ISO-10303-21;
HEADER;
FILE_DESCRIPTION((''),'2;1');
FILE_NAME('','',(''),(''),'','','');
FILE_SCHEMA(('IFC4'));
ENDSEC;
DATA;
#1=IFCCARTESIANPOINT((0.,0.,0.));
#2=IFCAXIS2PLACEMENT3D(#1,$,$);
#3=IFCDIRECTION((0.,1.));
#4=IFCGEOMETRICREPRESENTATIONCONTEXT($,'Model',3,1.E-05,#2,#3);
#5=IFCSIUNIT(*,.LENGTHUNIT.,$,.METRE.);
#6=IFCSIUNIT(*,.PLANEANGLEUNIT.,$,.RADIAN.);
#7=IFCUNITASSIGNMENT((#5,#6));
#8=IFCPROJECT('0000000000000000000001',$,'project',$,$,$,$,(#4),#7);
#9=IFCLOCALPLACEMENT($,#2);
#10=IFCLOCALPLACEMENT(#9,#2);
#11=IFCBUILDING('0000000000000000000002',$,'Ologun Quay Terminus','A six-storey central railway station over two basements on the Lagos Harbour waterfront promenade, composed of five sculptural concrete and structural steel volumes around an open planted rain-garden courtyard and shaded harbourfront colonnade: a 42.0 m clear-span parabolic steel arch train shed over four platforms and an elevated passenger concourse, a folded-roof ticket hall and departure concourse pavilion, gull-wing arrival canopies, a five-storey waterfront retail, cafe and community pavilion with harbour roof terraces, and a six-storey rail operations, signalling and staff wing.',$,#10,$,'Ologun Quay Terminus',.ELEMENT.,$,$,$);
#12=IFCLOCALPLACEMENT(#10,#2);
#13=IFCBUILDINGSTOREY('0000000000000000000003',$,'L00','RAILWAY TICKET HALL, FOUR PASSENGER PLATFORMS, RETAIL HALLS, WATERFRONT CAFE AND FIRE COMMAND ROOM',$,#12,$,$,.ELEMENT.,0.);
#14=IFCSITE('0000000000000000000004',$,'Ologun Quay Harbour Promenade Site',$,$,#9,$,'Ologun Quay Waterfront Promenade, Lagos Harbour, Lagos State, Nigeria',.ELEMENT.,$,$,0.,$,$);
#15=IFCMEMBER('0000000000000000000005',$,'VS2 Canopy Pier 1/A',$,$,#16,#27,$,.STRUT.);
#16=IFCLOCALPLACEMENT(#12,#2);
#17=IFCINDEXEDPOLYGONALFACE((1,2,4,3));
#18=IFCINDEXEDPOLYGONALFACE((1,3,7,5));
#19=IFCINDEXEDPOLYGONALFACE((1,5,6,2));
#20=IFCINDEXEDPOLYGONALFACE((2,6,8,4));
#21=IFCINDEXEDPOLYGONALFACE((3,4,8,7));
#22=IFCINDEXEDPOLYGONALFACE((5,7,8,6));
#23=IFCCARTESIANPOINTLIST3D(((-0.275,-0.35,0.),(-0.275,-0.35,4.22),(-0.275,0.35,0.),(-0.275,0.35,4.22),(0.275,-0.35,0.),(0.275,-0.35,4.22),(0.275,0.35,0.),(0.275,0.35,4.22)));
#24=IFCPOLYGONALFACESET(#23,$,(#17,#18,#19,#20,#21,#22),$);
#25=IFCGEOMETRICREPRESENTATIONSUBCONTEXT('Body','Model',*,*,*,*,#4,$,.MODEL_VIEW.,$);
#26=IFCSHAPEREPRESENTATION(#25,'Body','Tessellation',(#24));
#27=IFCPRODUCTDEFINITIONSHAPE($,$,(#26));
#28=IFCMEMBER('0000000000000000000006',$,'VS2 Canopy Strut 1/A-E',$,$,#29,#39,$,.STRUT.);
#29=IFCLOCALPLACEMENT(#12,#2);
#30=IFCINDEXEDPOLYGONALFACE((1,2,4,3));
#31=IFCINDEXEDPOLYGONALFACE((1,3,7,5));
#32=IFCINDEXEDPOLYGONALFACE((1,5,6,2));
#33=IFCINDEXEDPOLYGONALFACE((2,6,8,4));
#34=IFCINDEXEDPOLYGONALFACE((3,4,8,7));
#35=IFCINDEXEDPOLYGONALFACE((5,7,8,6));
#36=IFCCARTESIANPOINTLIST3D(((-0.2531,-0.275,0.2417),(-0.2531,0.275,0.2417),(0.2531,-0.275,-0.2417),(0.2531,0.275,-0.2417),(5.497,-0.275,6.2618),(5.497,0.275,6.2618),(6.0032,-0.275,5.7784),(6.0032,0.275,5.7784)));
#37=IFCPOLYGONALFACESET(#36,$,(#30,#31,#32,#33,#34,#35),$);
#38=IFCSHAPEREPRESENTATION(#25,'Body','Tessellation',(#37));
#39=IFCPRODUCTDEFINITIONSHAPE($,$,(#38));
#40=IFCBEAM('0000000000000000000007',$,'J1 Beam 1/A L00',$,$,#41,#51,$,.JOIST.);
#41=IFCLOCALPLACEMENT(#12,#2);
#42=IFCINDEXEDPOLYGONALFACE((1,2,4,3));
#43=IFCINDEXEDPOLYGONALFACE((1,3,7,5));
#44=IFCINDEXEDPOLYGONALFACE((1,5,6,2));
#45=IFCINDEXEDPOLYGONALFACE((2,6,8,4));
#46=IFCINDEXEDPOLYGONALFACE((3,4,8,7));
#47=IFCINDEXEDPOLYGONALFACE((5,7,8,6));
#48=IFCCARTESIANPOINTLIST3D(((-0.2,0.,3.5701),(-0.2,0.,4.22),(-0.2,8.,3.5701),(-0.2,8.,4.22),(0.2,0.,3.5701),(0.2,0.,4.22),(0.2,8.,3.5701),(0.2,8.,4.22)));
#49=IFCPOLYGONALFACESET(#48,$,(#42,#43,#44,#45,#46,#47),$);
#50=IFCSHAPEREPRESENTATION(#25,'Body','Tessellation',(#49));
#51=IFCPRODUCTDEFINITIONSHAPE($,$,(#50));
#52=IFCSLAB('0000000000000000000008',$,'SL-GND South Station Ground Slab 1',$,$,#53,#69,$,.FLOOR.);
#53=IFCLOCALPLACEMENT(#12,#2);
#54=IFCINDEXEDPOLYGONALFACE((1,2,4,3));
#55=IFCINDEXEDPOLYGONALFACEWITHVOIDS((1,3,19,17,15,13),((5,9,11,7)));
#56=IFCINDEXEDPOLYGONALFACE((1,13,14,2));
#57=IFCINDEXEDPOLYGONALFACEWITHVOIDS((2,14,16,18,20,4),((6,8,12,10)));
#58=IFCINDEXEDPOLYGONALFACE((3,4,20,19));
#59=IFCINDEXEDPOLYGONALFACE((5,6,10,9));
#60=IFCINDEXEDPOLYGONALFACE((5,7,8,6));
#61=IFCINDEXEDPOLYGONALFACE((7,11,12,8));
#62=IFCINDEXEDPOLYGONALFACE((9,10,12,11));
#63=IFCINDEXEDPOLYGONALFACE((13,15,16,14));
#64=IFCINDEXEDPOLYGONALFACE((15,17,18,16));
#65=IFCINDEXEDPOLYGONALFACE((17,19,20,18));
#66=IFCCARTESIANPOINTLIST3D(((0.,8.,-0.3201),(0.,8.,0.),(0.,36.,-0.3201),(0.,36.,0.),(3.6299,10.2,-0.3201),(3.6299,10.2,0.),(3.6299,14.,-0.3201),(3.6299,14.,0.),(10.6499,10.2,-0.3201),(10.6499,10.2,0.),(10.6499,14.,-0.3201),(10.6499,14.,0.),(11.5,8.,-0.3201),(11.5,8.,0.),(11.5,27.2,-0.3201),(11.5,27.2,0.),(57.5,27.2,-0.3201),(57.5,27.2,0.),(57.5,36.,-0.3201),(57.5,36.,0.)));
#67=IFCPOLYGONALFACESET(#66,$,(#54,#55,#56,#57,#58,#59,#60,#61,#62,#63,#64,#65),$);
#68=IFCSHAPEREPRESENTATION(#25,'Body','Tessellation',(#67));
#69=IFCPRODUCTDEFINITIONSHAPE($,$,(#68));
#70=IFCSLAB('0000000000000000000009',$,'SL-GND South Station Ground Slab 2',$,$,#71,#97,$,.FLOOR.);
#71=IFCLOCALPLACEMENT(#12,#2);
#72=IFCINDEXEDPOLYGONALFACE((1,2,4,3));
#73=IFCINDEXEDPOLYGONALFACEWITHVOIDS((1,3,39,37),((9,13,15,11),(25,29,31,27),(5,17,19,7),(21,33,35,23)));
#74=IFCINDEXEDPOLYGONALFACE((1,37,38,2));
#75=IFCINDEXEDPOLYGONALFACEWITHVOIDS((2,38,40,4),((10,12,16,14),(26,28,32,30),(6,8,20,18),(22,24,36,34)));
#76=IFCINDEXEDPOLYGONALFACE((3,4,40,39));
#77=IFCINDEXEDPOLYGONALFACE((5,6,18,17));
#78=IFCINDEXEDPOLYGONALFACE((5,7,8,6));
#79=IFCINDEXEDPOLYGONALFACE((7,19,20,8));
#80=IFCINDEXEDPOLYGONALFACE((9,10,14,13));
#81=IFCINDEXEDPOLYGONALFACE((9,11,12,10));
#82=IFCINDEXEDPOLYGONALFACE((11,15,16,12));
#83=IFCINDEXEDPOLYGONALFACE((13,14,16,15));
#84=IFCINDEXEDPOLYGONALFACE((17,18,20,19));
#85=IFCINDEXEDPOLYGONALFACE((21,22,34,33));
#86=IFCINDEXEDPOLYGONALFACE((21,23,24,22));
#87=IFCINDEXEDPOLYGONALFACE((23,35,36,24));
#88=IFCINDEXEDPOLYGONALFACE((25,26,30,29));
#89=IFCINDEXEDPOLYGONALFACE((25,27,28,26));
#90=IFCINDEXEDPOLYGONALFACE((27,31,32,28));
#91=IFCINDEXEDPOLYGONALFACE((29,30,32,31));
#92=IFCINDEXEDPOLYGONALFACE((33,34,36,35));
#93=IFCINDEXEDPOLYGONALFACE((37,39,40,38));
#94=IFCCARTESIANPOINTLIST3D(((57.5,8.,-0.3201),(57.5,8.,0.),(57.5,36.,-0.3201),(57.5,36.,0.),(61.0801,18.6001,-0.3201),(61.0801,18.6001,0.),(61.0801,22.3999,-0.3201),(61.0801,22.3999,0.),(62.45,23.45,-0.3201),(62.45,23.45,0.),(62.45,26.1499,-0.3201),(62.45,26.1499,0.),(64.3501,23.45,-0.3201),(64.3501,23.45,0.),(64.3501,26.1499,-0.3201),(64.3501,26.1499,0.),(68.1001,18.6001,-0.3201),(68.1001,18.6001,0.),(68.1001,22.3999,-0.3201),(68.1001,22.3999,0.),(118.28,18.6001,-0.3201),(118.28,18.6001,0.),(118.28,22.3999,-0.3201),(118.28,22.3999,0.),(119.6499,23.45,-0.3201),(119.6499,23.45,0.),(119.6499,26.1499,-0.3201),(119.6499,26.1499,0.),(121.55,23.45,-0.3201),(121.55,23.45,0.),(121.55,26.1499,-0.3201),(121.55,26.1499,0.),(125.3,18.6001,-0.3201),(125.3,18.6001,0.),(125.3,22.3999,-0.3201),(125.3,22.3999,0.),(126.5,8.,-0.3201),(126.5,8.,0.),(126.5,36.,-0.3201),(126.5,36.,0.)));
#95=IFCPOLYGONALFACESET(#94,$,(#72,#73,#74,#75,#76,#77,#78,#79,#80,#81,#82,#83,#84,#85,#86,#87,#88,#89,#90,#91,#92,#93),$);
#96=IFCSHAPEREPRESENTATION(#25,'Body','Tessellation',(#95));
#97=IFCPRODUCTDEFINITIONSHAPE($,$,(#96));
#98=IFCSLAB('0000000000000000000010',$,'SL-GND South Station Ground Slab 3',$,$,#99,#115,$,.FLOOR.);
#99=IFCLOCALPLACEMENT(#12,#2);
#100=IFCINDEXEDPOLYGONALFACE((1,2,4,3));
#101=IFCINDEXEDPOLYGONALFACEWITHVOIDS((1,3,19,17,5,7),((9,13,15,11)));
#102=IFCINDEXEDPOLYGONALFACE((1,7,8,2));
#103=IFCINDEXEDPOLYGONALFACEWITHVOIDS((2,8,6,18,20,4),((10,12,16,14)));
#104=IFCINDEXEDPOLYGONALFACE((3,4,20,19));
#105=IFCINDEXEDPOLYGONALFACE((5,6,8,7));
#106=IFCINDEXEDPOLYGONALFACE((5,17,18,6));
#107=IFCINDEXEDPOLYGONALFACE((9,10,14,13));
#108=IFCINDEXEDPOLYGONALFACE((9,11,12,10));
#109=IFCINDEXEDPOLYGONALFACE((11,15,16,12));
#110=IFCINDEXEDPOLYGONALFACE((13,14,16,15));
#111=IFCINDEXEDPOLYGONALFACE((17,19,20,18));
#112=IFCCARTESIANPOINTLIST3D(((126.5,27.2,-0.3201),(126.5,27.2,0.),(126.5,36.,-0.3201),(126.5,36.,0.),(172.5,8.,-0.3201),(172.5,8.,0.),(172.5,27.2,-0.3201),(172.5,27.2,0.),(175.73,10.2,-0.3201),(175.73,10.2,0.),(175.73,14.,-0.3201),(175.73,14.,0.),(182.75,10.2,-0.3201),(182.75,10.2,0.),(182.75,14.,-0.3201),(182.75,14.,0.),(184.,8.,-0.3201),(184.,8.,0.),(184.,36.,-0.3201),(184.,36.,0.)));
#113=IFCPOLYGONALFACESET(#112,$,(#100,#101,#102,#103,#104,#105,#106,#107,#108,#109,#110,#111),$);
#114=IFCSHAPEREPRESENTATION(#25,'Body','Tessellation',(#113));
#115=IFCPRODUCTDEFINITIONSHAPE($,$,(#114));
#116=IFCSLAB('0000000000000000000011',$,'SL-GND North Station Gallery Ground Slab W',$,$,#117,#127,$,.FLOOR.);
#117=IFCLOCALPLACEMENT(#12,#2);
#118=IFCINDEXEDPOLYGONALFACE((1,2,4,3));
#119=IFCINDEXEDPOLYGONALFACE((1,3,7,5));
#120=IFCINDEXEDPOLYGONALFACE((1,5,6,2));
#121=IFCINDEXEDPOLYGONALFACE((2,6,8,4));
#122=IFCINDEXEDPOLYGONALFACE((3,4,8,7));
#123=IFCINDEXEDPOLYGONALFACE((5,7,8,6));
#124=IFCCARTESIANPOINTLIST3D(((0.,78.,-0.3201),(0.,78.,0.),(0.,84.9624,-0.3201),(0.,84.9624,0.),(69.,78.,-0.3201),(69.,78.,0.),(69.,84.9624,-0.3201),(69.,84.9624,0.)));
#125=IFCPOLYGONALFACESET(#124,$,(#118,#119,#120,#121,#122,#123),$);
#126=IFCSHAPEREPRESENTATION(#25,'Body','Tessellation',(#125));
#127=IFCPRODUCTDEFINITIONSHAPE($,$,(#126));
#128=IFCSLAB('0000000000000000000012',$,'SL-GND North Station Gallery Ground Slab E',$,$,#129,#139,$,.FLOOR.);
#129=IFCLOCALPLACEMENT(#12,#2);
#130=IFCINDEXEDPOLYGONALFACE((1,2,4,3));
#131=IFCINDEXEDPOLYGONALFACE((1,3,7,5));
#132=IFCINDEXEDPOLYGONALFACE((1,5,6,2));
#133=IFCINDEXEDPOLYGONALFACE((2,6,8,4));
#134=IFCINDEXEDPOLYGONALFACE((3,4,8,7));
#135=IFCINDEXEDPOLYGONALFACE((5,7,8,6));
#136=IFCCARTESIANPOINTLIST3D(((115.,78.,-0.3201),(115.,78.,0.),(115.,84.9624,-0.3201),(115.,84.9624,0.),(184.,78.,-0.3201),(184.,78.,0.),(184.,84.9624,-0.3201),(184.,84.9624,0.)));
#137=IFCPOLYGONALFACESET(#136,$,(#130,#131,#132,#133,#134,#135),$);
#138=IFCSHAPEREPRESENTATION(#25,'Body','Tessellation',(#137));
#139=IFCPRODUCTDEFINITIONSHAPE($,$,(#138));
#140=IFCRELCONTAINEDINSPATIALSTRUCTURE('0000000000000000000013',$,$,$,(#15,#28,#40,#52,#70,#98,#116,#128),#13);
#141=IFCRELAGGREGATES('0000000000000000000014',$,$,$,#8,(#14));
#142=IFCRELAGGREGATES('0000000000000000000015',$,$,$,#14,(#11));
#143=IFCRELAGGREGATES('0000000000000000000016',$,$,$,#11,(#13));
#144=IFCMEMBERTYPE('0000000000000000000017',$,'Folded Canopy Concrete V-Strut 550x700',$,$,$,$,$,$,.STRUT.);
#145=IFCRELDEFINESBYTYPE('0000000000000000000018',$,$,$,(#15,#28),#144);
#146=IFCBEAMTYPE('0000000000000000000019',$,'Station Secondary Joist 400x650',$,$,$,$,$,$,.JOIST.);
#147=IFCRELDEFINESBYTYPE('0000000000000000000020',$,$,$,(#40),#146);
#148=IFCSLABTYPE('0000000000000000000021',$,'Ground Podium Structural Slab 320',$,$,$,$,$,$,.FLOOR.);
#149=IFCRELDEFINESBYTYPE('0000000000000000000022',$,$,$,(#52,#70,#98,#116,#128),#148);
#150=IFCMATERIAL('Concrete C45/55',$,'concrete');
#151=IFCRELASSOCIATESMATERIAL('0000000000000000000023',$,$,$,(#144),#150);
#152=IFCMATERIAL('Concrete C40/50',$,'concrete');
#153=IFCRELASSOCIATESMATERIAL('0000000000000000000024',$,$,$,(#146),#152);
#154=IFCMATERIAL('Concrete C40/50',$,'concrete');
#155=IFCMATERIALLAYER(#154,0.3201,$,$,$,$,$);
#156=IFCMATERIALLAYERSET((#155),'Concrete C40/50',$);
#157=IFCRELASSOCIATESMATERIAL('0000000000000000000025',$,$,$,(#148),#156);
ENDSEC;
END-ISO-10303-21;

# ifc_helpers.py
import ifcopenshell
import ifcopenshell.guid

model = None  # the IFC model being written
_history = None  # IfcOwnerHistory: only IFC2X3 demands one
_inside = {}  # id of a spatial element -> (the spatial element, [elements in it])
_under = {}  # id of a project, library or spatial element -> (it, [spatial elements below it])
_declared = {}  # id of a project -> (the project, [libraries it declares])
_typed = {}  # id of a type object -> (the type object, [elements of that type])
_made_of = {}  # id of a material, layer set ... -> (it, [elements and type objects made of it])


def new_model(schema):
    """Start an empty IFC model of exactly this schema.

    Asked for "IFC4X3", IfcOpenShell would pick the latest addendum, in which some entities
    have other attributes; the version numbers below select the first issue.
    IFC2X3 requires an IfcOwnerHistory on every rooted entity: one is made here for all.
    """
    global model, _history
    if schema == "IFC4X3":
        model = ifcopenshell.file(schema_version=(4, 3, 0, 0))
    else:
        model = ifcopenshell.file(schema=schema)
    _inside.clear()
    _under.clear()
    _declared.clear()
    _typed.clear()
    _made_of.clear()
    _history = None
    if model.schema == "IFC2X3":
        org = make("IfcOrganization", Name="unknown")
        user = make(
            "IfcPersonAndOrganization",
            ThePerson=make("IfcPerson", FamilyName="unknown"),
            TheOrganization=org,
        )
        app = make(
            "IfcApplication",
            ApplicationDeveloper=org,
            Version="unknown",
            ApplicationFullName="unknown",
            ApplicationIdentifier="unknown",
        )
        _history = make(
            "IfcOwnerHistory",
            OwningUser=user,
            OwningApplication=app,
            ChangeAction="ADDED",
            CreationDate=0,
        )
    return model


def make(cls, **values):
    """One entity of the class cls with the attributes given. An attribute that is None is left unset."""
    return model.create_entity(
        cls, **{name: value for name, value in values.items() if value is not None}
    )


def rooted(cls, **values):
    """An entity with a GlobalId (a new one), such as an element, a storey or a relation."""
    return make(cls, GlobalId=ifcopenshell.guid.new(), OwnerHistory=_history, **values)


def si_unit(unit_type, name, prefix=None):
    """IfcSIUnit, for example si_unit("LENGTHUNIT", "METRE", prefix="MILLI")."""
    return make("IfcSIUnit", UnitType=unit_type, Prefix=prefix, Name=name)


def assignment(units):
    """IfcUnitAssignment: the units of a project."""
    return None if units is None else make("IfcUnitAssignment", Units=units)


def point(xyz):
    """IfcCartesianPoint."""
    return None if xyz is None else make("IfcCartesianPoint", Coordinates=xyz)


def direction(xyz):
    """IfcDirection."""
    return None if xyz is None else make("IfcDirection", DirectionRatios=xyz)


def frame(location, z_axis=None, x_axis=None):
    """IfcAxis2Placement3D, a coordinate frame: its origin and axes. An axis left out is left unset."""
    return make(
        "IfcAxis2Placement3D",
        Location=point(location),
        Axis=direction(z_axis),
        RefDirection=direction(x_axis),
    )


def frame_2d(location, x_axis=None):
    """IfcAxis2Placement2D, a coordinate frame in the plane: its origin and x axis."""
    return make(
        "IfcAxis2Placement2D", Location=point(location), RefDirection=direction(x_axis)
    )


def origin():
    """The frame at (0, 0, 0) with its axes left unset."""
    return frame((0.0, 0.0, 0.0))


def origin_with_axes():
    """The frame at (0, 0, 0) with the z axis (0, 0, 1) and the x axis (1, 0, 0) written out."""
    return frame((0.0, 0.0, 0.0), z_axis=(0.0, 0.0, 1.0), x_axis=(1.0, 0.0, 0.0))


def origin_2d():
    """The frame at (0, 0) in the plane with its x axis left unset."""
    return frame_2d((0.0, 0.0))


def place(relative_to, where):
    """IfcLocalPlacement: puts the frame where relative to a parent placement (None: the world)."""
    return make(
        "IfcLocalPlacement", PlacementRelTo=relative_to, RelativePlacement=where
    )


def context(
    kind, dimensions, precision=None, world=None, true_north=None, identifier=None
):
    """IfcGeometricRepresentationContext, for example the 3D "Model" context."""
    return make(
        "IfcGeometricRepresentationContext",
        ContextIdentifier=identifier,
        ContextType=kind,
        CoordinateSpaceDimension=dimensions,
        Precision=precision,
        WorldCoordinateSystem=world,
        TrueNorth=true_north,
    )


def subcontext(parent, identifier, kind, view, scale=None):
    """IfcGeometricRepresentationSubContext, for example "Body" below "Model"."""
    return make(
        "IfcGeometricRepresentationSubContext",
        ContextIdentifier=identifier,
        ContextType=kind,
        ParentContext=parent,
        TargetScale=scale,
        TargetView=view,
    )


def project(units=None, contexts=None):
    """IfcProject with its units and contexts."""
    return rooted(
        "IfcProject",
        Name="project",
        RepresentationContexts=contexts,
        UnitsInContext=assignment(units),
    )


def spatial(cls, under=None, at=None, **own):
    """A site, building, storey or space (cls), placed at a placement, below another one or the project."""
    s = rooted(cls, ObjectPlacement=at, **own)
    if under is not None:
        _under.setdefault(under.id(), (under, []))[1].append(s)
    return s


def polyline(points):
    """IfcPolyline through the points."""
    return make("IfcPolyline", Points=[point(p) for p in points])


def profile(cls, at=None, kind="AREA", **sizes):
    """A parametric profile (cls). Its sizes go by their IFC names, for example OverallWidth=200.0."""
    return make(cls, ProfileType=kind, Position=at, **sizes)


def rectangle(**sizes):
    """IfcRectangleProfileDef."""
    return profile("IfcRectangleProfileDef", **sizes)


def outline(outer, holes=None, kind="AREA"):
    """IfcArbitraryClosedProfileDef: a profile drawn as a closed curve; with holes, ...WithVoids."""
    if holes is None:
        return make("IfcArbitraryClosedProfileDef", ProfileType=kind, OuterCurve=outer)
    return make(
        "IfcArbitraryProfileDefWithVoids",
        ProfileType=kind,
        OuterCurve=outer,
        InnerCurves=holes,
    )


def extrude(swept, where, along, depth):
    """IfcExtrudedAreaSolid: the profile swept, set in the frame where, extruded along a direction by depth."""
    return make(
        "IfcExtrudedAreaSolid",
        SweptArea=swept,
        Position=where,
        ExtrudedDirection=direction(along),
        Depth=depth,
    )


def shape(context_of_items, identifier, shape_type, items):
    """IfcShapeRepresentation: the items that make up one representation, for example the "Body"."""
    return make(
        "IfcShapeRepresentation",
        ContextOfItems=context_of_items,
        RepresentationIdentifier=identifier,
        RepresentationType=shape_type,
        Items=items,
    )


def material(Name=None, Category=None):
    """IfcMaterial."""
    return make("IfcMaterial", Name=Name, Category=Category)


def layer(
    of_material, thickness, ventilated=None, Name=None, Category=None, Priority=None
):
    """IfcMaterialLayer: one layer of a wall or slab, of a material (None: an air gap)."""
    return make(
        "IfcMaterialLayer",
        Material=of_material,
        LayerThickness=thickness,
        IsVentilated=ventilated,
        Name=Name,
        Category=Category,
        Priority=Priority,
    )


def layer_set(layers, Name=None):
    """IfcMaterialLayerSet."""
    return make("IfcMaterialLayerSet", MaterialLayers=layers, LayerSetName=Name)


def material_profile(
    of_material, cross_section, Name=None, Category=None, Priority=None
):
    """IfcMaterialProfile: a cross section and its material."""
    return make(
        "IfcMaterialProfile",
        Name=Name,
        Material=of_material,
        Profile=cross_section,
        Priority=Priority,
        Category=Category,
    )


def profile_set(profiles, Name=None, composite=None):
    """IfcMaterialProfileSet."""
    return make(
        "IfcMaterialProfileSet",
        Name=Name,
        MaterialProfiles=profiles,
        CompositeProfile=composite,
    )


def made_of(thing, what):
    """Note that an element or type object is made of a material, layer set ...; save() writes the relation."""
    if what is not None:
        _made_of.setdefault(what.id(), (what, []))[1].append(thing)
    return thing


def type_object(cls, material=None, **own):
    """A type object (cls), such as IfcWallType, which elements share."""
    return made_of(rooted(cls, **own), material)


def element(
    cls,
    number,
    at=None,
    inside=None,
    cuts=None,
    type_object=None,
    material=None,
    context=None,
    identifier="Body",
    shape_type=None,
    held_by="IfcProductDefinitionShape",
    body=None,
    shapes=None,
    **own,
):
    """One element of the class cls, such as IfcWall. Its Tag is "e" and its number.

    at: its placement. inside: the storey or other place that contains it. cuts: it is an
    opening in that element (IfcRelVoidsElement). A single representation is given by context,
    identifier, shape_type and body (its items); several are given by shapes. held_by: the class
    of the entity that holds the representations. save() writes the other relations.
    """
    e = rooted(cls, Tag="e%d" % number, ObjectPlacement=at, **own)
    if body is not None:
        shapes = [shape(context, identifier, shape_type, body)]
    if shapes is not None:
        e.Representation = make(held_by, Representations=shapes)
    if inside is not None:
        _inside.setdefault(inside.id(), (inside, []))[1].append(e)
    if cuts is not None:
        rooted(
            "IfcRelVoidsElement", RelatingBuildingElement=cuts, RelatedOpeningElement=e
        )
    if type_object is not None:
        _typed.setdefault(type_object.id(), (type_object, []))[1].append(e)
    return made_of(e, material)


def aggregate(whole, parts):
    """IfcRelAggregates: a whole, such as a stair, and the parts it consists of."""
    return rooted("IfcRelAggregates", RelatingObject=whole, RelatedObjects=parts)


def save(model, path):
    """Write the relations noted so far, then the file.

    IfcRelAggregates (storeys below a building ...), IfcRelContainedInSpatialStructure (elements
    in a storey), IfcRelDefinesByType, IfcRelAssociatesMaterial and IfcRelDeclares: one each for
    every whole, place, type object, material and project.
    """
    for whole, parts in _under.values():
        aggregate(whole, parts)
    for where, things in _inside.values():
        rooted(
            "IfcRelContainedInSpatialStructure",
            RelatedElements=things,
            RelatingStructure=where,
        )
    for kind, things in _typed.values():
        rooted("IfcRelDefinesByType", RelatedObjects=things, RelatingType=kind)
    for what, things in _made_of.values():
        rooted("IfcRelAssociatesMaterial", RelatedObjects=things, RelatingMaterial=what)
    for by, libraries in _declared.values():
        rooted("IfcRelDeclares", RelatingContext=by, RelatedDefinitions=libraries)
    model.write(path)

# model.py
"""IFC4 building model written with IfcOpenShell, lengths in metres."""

from ifc_helpers import new_model, si_unit, direction, frame, origin, origin_with_axes, origin_2d, place, context, subcontext, project, spatial, polyline, rectangle, outline, extrude, material, layer, layer_set, material_profile, profile_set, type_object, element, save


model = new_model("IFC4")

# Units and contexts
model_context = context("Model", 3, precision=1e-05, world=origin(), true_north=direction((0.0, 1.0)))
body_context = subcontext(model_context, "Body", "Model", "MODEL_VIEW")
ifc_project = project(units=[si_unit("LENGTHUNIT", "METRE"), si_unit("PLANEANGLEUNIT", "RADIAN")], contexts=[model_context])

# Site, building, storey
site_placement = place(None, origin())
site = spatial("IfcSite", under=ifc_project, at=site_placement, Name="Ologun Quay Harbour Promenade Site", LongName="Ologun Quay Waterfront Promenade, Lagos Harbour, Lagos State, Nigeria", CompositionType="ELEMENT", RefElevation=0.0)
building_placement = place(site_placement, origin())
building = spatial("IfcBuilding", under=site, at=building_placement, Name="Ologun Quay Terminus", Description="A six-storey central railway station over two basements on the Lagos Harbour waterfront promenade, composed of five sculptural concrete and structural steel volumes around an open planted rain-garden courtyard and shaded harbourfront colonnade: a 42.0 m clear-span parabolic steel arch train shed over four platforms and an elevated passenger concourse, a folded-roof ticket hall and departure concourse pavilion, gull-wing arrival canopies, a five-storey waterfront retail, cafe and community pavilion with harbour roof terraces, and a six-storey rail operations, signalling and staff wing.", LongName="Ologun Quay Terminus", CompositionType="ELEMENT")
storey_placement = place(building_placement, origin())
storey = spatial("IfcBuildingStorey", under=building, at=storey_placement, Name="L00", Description="RAILWAY TICKET HALL, FOUR PASSENGER PLATFORMS, RETAIL HALLS, WATERFRONT CAFE AND FIRE COMMAND ROOM", CompositionType="ELEMENT", Elevation=0.0)

# Members
ifc_material_1 = material(Name="Concrete C45/55", Category="concrete")
ifc_material_profile_1 = material_profile(ifc_material_1, rectangle(XDim=0.55, YDim=0.7, at=origin_2d()), Name="RC 550x700")
ifc_profile_set_1 = profile_set([ifc_material_profile_1], Name="Concrete C45/55")
member_type = type_object("IfcMemberType", Name="Folded Canopy Concrete V-Strut 550x700", PredefinedType="STRUT", material=ifc_profile_set_1)
member_1_placement = place(storey_placement, origin_with_axes())
element("IfcMember", 1, at=member_1_placement, inside=storey, type_object=member_type, Name="VS2 Canopy Pier 1/A", PredefinedType="STRUT", context=body_context, shape_type="SweptSolid", body=[
    extrude(rectangle(XDim=0.55, YDim=0.7, at=origin_2d()), origin(), (0.0, 0.0, 1.0), 4.22),
])
member_2_placement = place(storey_placement, frame((0.0, 0.0, 0.0), z_axis=(0.690703, 0.0, 0.723138), x_axis=(0.0, 1.0, 0.0)))
element("IfcMember", 2, at=member_2_placement, inside=storey, type_object=member_type, Name="VS2 Canopy Strut 1/A-E", PredefinedType="STRUT", context=body_context, shape_type="SweptSolid", body=[
    extrude(rectangle(XDim=0.55, YDim=0.7, at=origin_2d()), origin(), (0.0, 0.0, 1.0), 8.325),
])

# Beam
ifc_material_2 = material(Name="Concrete C40/50", Category="concrete")
ifc_material_profile_2 = material_profile(ifc_material_2, rectangle(XDim=0.3999, YDim=0.6499, at=origin_2d()), Name="RC 400x650")
ifc_profile_set_2 = profile_set([ifc_material_profile_2], Name="Concrete C40/50")
beam_type = type_object("IfcBeamType", Name="Station Secondary Joist 400x650", PredefinedType="JOIST", material=ifc_profile_set_2)
beam_placement = place(storey_placement, frame((0.0, 0.0, 3.895), z_axis=(0.0, 1.0, 0.0), x_axis=(-1.0, 0.0, 0.0)))
element("IfcBeam", 3, at=beam_placement, inside=storey, type_object=beam_type, Name="J1 Beam 1/A L00", PredefinedType="JOIST", context=body_context, shape_type="SweptSolid", body=[
    extrude(rectangle(XDim=0.3999, YDim=0.6499, at=origin_2d()), origin(), (0.0, 0.0, 1.0), 8.0),
])

# Slabs
ifc_material_3 = material(Name="Concrete C40/50", Category="concrete")
ifc_layer_1 = layer(ifc_material_3, 0.3201)
ifc_layer_set_1 = layer_set([ifc_layer_1], Name="Concrete C40/50")
slab_type_1 = type_object("IfcSlabType", Name="Ground Podium Structural Slab 320", PredefinedType="FLOOR", material=ifc_layer_set_1)
slab_1_placement = place(storey_placement, frame((0.0, 0.0, -0.3201)))
element("IfcSlab", 4, at=slab_1_placement, inside=storey, type_object=slab_type_1, Name="SL-GND South Station Ground Slab 1", PredefinedType="FLOOR", context=body_context, shape_type="SweptSolid", body=[
    extrude(outline(polyline([(0.0, 8.0), (11.5, 8.0), (11.5, 27.2), (57.5, 27.2), (57.5, 36.0), (0.0, 36.0), (0.0, 8.0)]), holes=[polyline([(3.6299, 10.2), (3.6299, 14.0), (10.6499, 14.0), (10.6499, 10.2), (3.6299, 10.2)])]), origin(), (0.0, 0.0, 1.0), 0.3201),
])
slab_2_placement = place(storey_placement, frame((0.0, 0.0, -0.3201)))
element("IfcSlab", 5, at=slab_2_placement, inside=storey, type_object=slab_type_1, Name="SL-GND South Station Ground Slab 2", PredefinedType="FLOOR", context=body_context, shape_type="SweptSolid", body=[
    extrude(outline(polyline([(57.5, 8.0), (126.5, 8.0), (126.5, 36.0), (57.5, 36.0), (57.5, 8.0)]), holes=[polyline([(62.45, 23.45), (62.45, 26.1499), (64.3501, 26.1499), (64.3501, 23.45), (62.45, 23.45)]), polyline([(119.6499, 23.45), (119.6499, 26.1499), (121.55, 26.1499), (121.55, 23.45), (119.6499, 23.45)]), polyline([(61.0801, 18.6001), (61.0801, 22.3999), (68.1001, 22.3999), (68.1001, 18.6001), (61.0801, 18.6001)]), polyline([(118.28, 18.6001), (118.28, 22.3999), (125.3, 22.3999), (125.3, 18.6001), (118.28, 18.6001)])]), origin(), (0.0, 0.0, 1.0), 0.3201),
])
slab_3_placement = place(storey_placement, frame((0.0, 0.0, -0.3201)))
element("IfcSlab", 6, at=slab_3_placement, inside=storey, type_object=slab_type_1, Name="SL-GND South Station Ground Slab 3", PredefinedType="FLOOR", context=body_context, shape_type="SweptSolid", body=[
    extrude(outline(polyline([(126.5, 27.2), (172.5, 27.2), (172.5, 8.0), (184.0, 8.0), (184.0, 36.0), (126.5, 36.0), (126.5, 27.2)]), holes=[polyline([(175.73, 10.2), (175.73, 14.0), (182.75, 14.0), (182.75, 10.2), (175.73, 10.2)])]), origin(), (0.0, 0.0, 1.0), 0.3201),
])
slab_4_placement = place(storey_placement, frame((0.0, 0.0, -0.3201)))
element("IfcSlab", 7, at=slab_4_placement, inside=storey, type_object=slab_type_1, Name="SL-GND North Station Gallery Ground Slab W", PredefinedType="FLOOR", context=body_context, shape_type="SweptSolid", body=[
    extrude(outline(polyline([(0.0, 78.0), (69.0, 78.0), (69.0, 84.9624), (0.0, 84.9624), (0.0, 78.0)])), origin(), (0.0, 0.0, 1.0), 0.3201),
])
slab_5_placement = place(storey_placement, frame((0.0, 0.0, -0.3201)))
element("IfcSlab", 8, at=slab_5_placement, inside=storey, type_object=slab_type_1, Name="SL-GND North Station Gallery Ground Slab E", PredefinedType="FLOOR", context=body_context, shape_type="SweptSolid", body=[
    extrude(outline(polyline([(115.0, 78.0), (184.0, 78.0), (184.0, 84.9624), (115.0, 84.9624), (115.0, 78.0)])), origin(), (0.0, 0.0, 1.0), 0.3201),
])

save(model, "model.ifc")
